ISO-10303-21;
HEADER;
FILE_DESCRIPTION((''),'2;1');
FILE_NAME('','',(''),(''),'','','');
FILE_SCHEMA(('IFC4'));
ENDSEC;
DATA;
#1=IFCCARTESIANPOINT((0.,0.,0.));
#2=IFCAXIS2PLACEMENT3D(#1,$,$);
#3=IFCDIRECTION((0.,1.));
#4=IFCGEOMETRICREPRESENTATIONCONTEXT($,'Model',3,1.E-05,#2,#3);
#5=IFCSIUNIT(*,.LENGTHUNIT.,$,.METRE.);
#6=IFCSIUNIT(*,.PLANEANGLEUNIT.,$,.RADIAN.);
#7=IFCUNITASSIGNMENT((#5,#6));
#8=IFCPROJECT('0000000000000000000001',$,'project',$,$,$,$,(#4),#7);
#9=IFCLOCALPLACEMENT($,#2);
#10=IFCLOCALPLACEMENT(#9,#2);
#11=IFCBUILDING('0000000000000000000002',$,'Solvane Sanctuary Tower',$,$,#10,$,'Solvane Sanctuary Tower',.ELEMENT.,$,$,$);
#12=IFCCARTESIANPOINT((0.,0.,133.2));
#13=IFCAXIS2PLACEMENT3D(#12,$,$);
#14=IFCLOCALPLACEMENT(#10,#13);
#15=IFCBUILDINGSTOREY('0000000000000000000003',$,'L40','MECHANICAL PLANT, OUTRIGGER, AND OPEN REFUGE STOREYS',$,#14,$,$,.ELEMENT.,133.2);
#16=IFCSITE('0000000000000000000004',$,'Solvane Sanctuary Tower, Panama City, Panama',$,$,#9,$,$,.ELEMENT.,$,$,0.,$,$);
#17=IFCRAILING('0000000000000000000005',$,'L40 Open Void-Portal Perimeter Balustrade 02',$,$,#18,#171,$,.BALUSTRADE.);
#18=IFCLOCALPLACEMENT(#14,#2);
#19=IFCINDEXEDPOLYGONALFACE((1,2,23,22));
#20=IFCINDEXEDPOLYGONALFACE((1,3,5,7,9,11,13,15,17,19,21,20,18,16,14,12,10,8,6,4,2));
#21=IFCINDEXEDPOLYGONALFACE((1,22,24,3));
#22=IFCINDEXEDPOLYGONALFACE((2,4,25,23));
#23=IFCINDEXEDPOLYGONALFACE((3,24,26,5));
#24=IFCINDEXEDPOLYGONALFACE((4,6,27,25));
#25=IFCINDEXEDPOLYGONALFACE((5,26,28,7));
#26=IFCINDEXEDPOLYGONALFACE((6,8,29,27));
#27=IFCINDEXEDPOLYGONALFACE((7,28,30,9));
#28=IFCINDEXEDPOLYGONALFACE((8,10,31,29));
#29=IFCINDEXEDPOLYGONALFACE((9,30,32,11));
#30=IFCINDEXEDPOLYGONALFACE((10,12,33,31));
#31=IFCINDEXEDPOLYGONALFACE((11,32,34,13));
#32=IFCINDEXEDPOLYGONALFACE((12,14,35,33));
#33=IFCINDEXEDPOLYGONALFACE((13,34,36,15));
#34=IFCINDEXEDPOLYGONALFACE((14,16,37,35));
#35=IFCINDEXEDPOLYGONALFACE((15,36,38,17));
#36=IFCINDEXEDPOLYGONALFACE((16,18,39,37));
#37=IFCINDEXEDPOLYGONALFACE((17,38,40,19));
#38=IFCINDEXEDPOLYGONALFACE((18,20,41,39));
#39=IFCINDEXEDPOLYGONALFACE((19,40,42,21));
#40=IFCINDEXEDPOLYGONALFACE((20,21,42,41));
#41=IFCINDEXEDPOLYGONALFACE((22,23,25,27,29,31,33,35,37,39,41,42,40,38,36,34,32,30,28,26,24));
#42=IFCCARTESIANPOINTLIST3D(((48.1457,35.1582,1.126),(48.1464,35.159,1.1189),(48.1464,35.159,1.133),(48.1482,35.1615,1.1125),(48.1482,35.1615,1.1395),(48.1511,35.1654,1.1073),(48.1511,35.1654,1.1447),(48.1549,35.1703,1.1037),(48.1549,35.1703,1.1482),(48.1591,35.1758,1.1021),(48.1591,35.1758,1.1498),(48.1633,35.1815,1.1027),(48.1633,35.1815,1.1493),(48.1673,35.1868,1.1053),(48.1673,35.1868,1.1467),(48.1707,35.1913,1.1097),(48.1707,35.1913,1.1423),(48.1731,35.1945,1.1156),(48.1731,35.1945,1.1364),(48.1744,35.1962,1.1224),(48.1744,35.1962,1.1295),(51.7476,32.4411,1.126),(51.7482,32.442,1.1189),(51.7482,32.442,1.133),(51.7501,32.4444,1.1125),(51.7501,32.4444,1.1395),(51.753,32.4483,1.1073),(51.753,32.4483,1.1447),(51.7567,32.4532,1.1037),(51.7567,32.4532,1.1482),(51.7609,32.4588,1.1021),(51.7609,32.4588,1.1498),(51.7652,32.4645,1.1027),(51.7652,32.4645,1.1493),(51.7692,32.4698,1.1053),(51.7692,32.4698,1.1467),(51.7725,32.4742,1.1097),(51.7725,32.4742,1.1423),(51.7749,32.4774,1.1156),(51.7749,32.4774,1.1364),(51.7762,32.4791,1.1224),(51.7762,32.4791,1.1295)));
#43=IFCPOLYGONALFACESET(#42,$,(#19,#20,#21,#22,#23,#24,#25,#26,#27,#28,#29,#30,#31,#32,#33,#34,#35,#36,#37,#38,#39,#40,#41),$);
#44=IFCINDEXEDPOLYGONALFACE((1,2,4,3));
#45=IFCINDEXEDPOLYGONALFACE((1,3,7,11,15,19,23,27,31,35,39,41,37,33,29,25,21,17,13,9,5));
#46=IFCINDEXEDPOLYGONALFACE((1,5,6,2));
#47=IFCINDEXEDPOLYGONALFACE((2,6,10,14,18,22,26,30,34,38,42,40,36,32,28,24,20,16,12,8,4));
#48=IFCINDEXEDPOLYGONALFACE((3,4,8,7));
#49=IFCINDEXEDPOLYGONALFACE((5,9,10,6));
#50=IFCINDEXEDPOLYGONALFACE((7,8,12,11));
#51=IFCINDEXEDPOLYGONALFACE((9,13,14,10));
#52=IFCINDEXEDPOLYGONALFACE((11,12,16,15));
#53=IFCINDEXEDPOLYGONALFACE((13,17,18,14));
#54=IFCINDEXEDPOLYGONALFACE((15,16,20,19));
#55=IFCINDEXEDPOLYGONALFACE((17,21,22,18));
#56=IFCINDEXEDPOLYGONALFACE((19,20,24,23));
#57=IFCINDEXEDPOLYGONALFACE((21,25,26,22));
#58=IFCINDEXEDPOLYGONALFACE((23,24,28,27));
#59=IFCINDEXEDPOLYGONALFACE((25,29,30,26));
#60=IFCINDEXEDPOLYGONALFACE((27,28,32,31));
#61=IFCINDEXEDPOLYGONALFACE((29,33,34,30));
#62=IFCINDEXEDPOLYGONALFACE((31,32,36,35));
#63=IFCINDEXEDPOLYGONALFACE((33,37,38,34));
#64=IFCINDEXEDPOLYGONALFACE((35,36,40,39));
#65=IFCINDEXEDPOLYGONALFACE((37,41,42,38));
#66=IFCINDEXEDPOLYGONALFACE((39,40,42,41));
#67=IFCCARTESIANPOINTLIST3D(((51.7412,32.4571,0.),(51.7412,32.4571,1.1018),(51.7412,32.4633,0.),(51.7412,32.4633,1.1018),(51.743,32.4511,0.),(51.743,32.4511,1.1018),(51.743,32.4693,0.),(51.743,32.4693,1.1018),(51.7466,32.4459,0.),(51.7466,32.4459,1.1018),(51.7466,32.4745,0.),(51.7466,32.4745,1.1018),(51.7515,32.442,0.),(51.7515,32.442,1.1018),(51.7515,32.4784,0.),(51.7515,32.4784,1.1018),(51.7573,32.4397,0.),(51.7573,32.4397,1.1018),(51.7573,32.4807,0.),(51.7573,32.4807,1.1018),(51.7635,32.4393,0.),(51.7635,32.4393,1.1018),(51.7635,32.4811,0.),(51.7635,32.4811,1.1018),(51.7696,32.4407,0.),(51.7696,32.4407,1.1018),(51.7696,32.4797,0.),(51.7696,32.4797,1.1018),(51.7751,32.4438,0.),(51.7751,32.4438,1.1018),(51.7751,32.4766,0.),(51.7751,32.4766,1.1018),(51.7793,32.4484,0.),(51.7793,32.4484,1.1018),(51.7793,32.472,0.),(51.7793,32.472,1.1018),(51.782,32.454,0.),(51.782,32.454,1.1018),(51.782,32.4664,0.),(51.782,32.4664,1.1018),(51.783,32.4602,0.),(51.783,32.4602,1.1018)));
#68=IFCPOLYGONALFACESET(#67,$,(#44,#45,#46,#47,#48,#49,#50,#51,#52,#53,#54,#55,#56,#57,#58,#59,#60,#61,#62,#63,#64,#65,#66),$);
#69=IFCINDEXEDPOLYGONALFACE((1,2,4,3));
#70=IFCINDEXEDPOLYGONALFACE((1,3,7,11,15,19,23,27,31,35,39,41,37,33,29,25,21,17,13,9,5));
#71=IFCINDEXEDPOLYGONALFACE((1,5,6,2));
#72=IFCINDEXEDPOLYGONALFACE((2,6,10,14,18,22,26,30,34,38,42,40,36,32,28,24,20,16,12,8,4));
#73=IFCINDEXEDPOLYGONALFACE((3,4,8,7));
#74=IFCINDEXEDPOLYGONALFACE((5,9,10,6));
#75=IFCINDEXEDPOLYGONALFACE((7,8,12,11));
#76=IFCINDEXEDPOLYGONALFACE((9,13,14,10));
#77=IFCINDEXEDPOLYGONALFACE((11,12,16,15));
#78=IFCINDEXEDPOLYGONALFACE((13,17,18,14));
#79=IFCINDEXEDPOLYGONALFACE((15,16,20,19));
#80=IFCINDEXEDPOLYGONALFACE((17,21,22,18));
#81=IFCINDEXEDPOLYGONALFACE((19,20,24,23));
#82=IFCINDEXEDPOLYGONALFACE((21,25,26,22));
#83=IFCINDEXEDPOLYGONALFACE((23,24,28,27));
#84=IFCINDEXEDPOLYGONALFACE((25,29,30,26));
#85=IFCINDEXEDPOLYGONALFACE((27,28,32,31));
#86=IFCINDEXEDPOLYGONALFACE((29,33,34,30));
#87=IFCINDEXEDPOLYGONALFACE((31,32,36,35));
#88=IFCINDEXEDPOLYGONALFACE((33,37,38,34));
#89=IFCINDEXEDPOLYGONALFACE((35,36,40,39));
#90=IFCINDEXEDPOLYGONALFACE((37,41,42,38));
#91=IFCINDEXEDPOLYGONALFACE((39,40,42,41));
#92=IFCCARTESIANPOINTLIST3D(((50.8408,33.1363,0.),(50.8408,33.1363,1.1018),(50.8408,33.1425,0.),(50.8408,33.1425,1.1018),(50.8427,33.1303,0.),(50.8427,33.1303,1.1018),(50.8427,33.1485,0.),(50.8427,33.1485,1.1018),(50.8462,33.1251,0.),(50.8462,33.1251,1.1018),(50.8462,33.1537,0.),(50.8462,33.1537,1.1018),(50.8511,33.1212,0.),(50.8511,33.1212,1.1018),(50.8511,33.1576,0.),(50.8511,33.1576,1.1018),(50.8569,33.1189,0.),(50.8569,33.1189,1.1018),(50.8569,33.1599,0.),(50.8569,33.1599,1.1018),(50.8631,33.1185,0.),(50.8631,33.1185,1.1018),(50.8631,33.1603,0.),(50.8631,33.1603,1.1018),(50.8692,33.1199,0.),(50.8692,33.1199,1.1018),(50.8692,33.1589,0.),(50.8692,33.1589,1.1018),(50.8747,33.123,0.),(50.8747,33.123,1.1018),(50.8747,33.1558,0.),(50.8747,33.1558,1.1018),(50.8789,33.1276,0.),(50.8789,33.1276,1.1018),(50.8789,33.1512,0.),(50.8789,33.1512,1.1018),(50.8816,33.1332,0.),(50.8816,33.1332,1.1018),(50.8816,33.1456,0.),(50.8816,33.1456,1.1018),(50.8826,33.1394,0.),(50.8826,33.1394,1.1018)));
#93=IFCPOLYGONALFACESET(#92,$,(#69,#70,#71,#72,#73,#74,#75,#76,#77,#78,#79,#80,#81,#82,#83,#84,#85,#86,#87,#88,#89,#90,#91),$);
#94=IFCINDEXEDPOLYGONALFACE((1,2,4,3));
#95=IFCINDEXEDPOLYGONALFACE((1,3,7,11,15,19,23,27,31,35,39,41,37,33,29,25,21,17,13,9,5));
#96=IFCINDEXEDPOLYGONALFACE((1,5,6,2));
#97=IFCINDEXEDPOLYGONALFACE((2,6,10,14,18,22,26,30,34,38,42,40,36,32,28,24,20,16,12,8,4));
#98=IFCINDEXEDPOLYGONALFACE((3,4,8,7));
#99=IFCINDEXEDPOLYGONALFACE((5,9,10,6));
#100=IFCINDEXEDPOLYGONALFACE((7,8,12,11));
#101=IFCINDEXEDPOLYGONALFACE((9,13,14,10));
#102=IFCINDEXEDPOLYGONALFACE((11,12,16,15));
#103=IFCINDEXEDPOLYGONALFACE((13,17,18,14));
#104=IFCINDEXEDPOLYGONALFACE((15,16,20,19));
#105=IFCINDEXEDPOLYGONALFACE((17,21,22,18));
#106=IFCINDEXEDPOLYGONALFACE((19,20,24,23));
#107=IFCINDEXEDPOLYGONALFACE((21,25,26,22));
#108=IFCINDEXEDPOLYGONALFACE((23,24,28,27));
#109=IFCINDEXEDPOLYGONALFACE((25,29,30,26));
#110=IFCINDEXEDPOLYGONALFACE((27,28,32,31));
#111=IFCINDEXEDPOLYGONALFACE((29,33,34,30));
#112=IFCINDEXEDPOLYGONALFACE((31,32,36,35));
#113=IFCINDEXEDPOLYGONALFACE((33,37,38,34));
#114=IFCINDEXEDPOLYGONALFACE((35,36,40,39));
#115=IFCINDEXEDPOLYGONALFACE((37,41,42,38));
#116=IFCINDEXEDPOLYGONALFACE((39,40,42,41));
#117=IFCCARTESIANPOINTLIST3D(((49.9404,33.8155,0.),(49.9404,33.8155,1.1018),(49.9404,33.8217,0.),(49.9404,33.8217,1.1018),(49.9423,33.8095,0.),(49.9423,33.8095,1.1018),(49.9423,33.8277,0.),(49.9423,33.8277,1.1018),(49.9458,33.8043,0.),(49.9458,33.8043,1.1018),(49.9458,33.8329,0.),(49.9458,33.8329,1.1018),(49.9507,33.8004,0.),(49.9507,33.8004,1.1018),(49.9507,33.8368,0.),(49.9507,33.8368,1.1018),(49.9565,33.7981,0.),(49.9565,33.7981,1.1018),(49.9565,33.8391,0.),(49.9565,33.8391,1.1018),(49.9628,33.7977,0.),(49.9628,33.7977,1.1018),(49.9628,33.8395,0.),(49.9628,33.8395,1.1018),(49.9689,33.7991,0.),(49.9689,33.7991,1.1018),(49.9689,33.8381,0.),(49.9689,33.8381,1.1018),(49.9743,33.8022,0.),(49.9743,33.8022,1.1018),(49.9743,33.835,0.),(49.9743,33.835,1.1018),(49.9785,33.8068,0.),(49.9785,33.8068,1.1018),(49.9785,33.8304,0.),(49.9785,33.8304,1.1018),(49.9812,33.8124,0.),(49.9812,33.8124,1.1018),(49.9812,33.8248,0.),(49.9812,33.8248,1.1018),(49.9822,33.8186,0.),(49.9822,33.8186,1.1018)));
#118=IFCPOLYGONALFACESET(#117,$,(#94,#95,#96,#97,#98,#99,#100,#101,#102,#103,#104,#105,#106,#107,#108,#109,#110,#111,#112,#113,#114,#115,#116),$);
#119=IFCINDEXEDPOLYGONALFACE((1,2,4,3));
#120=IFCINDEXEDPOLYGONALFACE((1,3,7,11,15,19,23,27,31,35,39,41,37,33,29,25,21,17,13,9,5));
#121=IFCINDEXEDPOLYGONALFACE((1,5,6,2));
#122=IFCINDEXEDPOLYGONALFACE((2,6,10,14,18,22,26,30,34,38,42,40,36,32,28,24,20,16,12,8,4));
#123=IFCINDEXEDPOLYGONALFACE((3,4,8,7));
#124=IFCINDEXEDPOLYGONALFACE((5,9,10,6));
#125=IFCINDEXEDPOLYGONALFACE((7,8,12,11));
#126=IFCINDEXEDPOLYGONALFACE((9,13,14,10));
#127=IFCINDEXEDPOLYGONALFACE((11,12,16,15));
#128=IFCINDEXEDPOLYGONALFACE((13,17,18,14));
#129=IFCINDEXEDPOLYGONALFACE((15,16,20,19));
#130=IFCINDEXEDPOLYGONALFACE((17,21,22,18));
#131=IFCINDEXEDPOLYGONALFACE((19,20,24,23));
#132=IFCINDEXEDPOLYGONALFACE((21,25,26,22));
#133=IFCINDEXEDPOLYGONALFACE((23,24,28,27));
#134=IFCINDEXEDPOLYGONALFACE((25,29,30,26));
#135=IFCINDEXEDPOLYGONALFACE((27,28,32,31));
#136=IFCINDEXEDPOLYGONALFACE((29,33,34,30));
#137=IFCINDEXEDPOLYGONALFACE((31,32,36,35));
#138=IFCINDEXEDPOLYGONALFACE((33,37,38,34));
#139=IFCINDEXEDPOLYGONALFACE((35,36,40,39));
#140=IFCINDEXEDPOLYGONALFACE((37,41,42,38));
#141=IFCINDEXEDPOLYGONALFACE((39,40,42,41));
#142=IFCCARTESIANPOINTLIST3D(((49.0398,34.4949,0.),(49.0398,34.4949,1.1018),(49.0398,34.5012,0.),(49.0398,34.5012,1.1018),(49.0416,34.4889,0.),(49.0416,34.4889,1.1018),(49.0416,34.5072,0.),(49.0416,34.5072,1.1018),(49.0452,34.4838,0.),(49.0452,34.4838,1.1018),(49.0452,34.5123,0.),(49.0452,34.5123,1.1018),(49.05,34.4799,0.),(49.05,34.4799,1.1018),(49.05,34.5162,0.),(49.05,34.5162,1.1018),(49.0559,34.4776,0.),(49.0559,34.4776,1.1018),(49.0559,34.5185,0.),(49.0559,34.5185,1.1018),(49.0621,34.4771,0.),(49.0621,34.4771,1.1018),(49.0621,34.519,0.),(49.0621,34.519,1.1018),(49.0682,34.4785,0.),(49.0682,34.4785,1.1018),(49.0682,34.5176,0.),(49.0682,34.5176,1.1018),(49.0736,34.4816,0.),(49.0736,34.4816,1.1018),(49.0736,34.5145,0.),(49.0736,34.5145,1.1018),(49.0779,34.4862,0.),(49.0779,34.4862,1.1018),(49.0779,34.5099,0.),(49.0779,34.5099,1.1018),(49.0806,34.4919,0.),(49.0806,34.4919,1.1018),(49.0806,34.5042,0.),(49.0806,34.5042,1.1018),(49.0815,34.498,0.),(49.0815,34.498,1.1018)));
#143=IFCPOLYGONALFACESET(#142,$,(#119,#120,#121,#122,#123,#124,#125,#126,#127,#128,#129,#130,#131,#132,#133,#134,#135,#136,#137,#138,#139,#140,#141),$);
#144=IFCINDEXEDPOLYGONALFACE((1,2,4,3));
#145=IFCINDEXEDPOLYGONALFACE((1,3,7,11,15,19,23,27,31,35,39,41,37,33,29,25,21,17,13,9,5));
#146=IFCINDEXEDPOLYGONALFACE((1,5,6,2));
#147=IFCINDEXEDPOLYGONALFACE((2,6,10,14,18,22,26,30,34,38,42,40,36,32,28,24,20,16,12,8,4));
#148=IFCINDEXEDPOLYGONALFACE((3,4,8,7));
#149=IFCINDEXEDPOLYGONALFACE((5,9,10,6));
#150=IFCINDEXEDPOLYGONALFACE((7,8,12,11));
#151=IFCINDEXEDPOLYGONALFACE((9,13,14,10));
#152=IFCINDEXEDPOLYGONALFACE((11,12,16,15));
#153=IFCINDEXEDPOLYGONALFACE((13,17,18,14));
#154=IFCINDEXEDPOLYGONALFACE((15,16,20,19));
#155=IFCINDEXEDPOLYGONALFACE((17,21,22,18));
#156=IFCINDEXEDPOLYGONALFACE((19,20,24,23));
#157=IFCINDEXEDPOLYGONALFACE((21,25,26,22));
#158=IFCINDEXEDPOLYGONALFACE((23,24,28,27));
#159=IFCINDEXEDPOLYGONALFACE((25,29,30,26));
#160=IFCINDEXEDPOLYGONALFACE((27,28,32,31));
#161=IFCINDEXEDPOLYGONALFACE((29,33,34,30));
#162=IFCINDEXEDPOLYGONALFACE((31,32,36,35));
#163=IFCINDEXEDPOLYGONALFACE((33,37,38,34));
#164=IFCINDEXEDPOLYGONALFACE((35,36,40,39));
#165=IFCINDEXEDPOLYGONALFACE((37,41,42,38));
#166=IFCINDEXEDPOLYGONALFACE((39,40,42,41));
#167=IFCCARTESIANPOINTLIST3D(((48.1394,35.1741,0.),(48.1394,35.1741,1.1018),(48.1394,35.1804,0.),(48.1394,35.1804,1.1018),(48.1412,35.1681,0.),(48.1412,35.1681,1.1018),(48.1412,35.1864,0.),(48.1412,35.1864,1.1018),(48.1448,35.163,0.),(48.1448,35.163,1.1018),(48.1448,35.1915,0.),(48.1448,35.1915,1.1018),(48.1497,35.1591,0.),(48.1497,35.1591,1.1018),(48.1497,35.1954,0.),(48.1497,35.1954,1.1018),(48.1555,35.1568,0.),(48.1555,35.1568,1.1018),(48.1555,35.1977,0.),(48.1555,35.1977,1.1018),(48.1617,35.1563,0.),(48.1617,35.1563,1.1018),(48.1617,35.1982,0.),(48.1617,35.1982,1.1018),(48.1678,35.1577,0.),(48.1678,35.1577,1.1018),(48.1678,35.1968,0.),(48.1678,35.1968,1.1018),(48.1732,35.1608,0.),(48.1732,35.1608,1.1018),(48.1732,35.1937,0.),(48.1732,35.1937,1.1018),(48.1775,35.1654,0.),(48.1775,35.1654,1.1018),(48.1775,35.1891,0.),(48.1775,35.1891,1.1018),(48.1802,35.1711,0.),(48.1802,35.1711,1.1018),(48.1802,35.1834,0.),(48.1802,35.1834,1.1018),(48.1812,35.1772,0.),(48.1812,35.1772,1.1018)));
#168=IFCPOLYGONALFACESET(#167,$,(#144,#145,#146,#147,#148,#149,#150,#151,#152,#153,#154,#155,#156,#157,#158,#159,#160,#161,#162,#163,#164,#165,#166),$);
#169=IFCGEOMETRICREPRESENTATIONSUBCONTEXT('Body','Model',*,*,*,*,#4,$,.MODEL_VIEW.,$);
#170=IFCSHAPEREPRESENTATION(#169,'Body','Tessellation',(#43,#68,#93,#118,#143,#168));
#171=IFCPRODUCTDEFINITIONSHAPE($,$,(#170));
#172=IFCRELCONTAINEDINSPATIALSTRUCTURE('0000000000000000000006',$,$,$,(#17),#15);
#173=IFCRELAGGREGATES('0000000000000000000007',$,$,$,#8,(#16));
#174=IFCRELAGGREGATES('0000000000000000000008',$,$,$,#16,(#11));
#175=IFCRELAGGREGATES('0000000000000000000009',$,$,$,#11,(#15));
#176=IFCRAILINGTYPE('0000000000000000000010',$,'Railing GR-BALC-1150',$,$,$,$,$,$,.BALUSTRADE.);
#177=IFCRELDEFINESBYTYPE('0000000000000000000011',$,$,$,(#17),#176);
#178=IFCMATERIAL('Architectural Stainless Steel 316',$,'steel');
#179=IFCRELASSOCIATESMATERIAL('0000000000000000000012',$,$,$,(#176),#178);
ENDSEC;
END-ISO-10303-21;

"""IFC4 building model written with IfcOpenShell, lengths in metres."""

from ifc_helpers import new_model, si_unit, direction, frame, origin, origin_2d, place, context, subcontext, project, spatial, circle, extrude, material, type_object, element, save


model = new_model("IFC4")

# Units and contexts
model_context = context("Model", 3, precision=1e-05, world=origin(), true_north=direction((0.0, 1.0)))
body_context = subcontext(model_context, "Body", "Model", "MODEL_VIEW")
ifc_project = project(units=[si_unit("LENGTHUNIT", "METRE"), si_unit("PLANEANGLEUNIT", "RADIAN")], contexts=[model_context])

# Site, building, storey
site_placement = place(None, origin())
site = spatial("IfcSite", under=ifc_project, at=site_placement, Name="Solvane Sanctuary Tower, Panama City, Panama", CompositionType="ELEMENT", RefElevation=0.0)
building_placement = place(site_placement, origin())
building = spatial("IfcBuilding", under=site, at=building_placement, Name="Solvane Sanctuary Tower", LongName="Solvane Sanctuary Tower", CompositionType="ELEMENT")
storey_placement = place(building_placement, frame((0.0, 0.0, 133.2)))
storey = spatial("IfcBuildingStorey", under=building, at=storey_placement, Name="L40", Description="MECHANICAL PLANT, OUTRIGGER, AND OPEN REFUGE STOREYS", CompositionType="ELEMENT", Elevation=133.2)

# Shared definitions
ifc_material_1 = material(Name="Architectural Stainless Steel 316", Category="steel")

# Railing
railing_type_1 = type_object("IfcRailingType", Name="Railing GR-BALC-1150", PredefinedType="BALUSTRADE", material=ifc_material_1)
railing_1_placement = place(storey_placement, frame((51.762, 32.4602, 0.0)))
element("IfcRailing", 1, at=railing_1_placement, inside=storey, type_object=railing_type_1, Name="L40 Open Void-Portal Perimeter Balustrade 02", PredefinedType="BALUSTRADE", context=body_context, shape_type="SweptSolid", body=[
    extrude(circle(Radius=0.0239, at=origin_2d()), frame((0.0, 0.0, 1.126), z_axis=(-0.798328, 0.602223, 0.0), x_axis=(-0.602223, -0.798328, 0.0)), (0.0, 0.0, 1.0), 4.5117),
    extrude(circle(Radius=0.021, at=origin_2d()), origin(), (0.0, 0.0, 1.0), 1.1018),
    extrude(circle(Radius=0.021, at=origin_2d()), frame((-0.9004, 0.6792, 0.0)), (0.0, 0.0, 1.0), 1.1018),
    extrude(circle(Radius=0.021, at=origin_2d()), frame((-1.8008, 1.3584, 0.0)), (0.0, 0.0, 1.0), 1.1018),
    extrude(circle(Radius=0.021, at=origin_2d()), frame((-2.7014, 2.0378, 0.0)), (0.0, 0.0, 1.0), 1.1018),
    extrude(circle(Radius=0.021, at=origin_2d()), frame((-3.6018, 2.717, 0.0)), (0.0, 0.0, 1.0), 1.1018),
])

save(model, "model.ifc")
